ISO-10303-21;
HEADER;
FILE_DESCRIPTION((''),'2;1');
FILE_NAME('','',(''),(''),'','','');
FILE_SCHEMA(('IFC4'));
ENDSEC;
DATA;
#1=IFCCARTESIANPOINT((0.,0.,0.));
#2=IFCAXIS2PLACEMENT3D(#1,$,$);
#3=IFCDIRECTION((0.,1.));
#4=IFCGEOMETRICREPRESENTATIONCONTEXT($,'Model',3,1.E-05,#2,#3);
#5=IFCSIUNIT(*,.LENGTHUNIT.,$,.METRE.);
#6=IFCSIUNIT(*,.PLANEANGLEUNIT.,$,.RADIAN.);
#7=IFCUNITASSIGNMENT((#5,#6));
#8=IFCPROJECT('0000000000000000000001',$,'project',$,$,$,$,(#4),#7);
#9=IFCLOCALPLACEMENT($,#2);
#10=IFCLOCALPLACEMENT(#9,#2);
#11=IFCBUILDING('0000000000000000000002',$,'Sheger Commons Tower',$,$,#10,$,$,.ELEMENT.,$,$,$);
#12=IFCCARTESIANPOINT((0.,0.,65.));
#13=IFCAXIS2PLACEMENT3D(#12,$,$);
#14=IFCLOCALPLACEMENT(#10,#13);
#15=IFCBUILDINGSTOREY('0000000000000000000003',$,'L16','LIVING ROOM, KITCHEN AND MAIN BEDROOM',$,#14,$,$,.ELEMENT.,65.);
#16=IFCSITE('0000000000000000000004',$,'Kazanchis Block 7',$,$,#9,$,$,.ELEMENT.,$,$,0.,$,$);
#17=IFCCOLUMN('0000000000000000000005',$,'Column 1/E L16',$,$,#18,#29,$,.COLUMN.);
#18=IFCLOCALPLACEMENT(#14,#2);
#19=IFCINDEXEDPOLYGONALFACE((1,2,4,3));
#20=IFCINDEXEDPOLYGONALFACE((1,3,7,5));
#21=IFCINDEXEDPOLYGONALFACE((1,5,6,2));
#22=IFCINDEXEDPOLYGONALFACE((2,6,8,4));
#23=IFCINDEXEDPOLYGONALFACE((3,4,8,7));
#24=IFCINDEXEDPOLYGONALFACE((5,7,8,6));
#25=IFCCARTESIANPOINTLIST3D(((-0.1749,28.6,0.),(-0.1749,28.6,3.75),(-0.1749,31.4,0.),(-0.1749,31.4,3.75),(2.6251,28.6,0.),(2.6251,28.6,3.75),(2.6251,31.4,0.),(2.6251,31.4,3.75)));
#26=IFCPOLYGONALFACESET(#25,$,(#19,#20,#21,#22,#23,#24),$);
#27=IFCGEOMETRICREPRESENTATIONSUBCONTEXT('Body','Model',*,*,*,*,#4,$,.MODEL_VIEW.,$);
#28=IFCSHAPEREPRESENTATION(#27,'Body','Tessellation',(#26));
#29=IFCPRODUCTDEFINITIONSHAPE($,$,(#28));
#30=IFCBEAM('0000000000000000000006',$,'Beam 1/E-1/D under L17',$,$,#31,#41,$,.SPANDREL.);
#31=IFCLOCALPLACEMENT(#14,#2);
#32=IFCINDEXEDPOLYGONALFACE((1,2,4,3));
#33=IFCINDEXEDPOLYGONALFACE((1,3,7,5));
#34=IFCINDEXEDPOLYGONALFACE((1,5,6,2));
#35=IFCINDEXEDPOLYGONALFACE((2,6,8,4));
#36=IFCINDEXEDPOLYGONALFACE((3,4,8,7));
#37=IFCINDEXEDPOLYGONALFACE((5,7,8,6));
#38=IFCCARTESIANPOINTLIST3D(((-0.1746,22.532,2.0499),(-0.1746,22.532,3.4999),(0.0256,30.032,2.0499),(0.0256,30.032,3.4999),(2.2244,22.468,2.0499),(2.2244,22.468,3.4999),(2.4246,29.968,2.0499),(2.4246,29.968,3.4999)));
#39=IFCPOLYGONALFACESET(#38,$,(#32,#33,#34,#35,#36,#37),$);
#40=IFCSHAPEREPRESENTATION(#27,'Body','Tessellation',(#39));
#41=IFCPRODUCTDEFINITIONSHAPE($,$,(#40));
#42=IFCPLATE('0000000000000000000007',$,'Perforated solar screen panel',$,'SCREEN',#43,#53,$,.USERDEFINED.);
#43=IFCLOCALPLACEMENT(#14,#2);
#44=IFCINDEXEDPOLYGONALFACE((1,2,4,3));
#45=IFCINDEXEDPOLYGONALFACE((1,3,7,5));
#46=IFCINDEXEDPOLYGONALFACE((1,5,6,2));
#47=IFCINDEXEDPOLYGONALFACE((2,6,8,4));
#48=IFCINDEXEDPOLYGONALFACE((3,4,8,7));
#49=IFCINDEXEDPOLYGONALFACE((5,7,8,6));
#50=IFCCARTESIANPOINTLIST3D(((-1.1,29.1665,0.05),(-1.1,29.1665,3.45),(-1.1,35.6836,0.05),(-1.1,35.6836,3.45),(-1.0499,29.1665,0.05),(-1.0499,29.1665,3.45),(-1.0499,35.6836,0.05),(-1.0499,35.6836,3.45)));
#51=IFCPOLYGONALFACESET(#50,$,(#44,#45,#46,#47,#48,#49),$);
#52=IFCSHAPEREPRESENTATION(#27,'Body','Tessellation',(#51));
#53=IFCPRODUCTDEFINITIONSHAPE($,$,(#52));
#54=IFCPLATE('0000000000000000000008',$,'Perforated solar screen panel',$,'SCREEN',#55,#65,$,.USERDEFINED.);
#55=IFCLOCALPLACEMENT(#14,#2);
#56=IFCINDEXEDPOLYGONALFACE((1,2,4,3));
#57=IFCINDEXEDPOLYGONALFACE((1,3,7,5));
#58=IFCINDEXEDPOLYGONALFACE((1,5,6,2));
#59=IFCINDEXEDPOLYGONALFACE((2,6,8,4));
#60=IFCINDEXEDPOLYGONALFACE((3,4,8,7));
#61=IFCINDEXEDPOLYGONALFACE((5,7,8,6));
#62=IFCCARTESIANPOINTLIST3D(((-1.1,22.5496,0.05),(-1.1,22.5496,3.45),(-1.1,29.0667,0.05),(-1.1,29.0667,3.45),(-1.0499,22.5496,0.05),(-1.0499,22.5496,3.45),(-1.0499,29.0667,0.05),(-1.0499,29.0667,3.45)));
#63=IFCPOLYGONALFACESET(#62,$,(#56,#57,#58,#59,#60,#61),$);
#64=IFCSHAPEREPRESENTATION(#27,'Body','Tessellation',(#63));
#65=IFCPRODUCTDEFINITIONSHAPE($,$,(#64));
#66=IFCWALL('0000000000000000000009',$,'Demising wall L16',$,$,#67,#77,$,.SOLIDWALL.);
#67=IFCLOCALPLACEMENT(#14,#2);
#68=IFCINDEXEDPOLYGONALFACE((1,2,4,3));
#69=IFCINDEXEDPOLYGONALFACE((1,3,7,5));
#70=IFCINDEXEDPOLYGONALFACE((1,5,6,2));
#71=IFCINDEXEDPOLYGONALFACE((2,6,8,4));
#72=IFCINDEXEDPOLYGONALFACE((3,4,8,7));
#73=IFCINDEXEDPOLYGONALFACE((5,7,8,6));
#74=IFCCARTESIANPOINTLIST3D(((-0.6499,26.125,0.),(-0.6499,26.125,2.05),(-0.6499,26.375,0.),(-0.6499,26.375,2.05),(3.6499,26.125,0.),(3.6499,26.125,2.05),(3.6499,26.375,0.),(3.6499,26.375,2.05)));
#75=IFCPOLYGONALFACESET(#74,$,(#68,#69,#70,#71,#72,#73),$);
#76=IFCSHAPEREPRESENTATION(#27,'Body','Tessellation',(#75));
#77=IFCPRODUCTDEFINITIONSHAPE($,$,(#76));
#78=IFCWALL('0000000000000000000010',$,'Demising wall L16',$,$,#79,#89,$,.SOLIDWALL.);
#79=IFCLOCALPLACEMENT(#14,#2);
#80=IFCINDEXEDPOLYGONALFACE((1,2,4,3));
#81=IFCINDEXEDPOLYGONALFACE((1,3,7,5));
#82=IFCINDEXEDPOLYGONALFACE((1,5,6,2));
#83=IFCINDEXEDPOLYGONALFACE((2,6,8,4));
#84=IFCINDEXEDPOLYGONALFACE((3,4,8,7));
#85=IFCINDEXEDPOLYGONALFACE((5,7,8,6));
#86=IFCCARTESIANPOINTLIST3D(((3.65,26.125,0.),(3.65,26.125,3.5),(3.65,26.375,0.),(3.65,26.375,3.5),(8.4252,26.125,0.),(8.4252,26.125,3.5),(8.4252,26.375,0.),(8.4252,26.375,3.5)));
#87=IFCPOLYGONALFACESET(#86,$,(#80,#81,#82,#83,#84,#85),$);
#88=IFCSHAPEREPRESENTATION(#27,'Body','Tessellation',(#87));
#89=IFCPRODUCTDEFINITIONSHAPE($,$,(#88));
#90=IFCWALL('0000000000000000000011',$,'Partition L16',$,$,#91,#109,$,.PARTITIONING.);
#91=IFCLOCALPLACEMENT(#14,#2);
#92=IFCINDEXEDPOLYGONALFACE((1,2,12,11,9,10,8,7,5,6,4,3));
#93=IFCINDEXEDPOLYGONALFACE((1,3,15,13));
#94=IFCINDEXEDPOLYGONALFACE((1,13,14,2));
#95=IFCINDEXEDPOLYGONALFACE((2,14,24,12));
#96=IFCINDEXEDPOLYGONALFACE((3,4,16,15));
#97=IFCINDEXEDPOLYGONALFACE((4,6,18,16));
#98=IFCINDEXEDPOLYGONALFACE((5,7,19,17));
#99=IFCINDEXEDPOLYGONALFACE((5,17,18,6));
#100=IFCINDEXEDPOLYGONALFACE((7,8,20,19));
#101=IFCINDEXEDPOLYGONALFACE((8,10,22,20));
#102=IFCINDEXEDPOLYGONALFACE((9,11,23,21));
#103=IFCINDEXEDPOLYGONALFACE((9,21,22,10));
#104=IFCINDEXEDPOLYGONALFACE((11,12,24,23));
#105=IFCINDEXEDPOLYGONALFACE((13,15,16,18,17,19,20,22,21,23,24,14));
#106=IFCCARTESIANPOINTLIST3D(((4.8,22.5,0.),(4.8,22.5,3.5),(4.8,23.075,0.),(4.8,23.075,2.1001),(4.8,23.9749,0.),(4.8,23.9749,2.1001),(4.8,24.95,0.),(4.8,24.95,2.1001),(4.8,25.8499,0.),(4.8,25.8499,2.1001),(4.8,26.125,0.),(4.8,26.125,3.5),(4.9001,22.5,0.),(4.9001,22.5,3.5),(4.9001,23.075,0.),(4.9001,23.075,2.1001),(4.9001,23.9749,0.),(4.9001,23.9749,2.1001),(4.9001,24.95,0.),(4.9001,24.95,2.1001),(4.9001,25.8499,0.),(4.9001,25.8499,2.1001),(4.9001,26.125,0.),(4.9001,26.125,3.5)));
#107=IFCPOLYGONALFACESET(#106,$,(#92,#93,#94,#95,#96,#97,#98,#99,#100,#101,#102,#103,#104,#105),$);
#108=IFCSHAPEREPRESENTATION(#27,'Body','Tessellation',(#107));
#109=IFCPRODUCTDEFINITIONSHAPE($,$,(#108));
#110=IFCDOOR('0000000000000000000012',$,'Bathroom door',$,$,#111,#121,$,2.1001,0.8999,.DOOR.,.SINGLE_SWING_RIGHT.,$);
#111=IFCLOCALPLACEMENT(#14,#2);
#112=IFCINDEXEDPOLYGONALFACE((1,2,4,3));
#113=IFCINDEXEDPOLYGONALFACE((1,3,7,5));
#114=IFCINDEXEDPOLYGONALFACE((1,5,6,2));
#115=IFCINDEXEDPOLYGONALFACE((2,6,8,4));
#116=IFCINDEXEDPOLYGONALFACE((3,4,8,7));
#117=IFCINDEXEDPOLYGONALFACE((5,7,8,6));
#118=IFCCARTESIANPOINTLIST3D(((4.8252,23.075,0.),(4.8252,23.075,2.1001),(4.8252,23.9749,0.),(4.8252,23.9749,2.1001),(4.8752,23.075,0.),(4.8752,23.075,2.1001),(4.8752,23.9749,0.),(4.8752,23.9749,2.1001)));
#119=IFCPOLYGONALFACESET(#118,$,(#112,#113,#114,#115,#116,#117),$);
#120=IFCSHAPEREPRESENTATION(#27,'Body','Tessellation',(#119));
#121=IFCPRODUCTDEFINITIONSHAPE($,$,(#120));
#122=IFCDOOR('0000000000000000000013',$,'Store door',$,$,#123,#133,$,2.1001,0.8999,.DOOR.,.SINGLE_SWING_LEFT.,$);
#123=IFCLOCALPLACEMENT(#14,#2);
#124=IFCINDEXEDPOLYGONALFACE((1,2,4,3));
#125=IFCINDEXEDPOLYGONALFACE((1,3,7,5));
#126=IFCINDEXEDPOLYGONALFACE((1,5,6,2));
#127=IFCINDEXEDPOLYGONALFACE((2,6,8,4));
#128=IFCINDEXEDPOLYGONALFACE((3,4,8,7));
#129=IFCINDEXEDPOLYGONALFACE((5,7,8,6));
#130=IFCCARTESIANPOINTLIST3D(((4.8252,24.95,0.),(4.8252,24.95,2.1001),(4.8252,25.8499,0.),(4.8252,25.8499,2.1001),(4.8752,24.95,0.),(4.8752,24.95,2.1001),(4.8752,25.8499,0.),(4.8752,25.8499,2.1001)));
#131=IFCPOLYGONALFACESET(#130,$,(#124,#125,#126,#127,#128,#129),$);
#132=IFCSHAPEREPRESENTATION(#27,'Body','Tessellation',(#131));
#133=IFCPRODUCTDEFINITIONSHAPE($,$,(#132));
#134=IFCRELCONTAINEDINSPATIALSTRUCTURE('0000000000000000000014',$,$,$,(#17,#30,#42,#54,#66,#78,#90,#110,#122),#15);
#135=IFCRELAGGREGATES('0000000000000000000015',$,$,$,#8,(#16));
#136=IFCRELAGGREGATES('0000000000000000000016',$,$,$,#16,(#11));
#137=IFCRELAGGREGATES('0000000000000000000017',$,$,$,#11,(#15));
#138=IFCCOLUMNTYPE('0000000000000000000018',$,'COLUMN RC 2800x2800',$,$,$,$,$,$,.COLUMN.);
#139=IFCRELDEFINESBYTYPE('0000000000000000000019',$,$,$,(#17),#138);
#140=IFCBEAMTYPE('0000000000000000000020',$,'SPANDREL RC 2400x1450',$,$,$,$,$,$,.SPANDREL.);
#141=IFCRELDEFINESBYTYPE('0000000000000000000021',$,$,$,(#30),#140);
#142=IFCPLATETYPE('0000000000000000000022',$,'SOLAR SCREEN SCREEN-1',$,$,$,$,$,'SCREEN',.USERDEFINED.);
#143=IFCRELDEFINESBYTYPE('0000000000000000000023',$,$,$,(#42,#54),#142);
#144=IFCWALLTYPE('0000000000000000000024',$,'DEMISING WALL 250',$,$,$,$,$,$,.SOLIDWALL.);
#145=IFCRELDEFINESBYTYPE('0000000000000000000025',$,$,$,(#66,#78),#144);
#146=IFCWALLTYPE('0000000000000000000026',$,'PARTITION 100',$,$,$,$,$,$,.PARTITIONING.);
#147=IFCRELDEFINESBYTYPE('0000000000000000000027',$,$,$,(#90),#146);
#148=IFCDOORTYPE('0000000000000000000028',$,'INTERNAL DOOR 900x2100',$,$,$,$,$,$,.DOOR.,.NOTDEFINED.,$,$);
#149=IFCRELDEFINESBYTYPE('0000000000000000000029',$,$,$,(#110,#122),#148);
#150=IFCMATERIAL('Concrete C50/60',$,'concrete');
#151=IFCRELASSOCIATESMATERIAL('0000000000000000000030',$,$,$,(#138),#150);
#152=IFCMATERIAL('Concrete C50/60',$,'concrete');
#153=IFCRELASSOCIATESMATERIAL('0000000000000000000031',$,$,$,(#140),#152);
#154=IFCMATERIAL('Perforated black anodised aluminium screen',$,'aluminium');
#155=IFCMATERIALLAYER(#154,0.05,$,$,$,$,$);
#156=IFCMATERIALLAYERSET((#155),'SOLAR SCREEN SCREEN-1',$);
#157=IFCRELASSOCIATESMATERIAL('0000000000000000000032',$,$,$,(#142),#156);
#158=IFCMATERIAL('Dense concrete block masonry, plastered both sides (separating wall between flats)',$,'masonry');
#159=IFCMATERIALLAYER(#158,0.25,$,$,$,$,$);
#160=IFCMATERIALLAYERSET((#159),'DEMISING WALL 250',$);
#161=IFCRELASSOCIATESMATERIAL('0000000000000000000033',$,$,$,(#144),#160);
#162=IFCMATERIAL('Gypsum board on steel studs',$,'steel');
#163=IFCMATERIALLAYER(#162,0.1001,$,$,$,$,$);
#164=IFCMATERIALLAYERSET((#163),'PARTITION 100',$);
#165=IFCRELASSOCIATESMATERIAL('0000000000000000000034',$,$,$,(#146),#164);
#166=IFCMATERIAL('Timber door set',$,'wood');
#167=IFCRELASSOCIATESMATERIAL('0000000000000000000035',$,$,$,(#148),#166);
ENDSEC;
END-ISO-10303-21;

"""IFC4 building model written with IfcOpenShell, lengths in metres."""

from ifc_helpers import new_model, si_unit, direction, frame, frame_2d, origin, origin_2d, place, context, subcontext, project, spatial, rectangle, extrude, material, layer, layer_set, material_profile, profile_set, type_object, element, fill, save


model = new_model("IFC4")

# Units and contexts
model_context = context("Model", 3, precision=1e-05, world=origin(), true_north=direction((0.0, 1.0)))
body_context = subcontext(model_context, "Body", "Model", "MODEL_VIEW")
ifc_project = project(units=[si_unit("LENGTHUNIT", "METRE"), si_unit("PLANEANGLEUNIT", "RADIAN")], contexts=[model_context])

# Site, building, storey
site_placement = place(None, origin())
site = spatial("IfcSite", under=ifc_project, at=site_placement, Name="Kazanchis Block 7", CompositionType="ELEMENT", RefElevation=0.0)
building_placement = place(site_placement, origin())
building = spatial("IfcBuilding", under=site, at=building_placement, Name="Sheger Commons Tower", CompositionType="ELEMENT")
storey_placement = place(building_placement, frame((0.0, 0.0, 65.0)))
storey = spatial("IfcBuildingStorey", under=building, at=storey_placement, Name="L16", Description="LIVING ROOM, KITCHEN AND MAIN BEDROOM", CompositionType="ELEMENT", Elevation=65.0)

# Column
ifc_material_1 = material(Name="Concrete C50/60", Category="concrete")
ifc_material_profile_1 = material_profile(ifc_material_1, rectangle(XDim=2.8, YDim=2.8, at=origin_2d()), Name="RC 2800x2800")
ifc_profile_set_1 = profile_set([ifc_material_profile_1], Name="Concrete C50/60")
column_type = type_object("IfcColumnType", Name="COLUMN RC 2800x2800", PredefinedType="COLUMN", material=ifc_profile_set_1)
column_placement = place(storey_placement, frame((1.2251, 30.0, 0.0), z_axis=(0.0, 0.0, 1.0), x_axis=(1.0, 0.0, 0.0)))
element("IfcColumn", 1, at=column_placement, inside=storey, type_object=column_type, Name="Column 1/E L16", PredefinedType="COLUMN", context=body_context, shape_type="SweptSolid", body=[
    extrude(rectangle(XDim=2.8, YDim=2.8, at=origin_2d()), origin(), (0.0, 0.0, 1.0), 3.75),
])

# Beam
ifc_material_2 = material(Name="Concrete C50/60", Category="concrete")
ifc_material_profile_2 = material_profile(ifc_material_2, rectangle(XDim=2.3999, YDim=1.45, at=origin_2d()), Name="RC 2400x1450")
ifc_profile_set_2 = profile_set([ifc_material_profile_2], Name="Concrete C50/60")
beam_type = type_object("IfcBeamType", Name="SPANDREL RC 2400x1450", PredefinedType="SPANDREL", material=ifc_profile_set_2)
beam_placement = place(storey_placement, frame((1.2251, 30.0, 2.7749), z_axis=(-0.026683, -0.999644, 0.0), x_axis=(0.999644, -0.026683, 0.0)))
element("IfcBeam", 2, at=beam_placement, inside=storey, type_object=beam_type, Name="Beam 1/E-1/D under L17", PredefinedType="SPANDREL", context=body_context, shape_type="SweptSolid", body=[
    extrude(rectangle(XDim=2.3999, YDim=1.45, at=origin_2d()), origin(), (0.0, 0.0, 1.0), 7.5027),
])

# Plates
ifc_material_3 = material(Name="Perforated black anodised aluminium screen", Category="aluminium")
ifc_layer_1 = layer(ifc_material_3, 0.05)
ifc_layer_set_1 = layer_set([ifc_layer_1], Name="SOLAR SCREEN SCREEN-1")
plate_type = type_object("IfcPlateType", Name="SOLAR SCREEN SCREEN-1", ElementType="SCREEN", PredefinedType="USERDEFINED", material=ifc_layer_set_1)
for number, where, z_axis, x_axis, name in (
    (3, (-1.075, 32.425, 0.05), (0.0, 0.0, 1.0), (0.0, -1.0, 0.0), "Perforated solar screen panel"),
    (4, (-1.075, 25.8081, 0.05), (0.0, 0.0, 1.0), (0.0, -1.0, 0.0), "Perforated solar screen panel"),
):
    element("IfcPlate", number, at=place(storey_placement, frame(where, z_axis=z_axis, x_axis=x_axis)), inside=storey, type_object=plate_type, Name=name, ObjectType="SCREEN", PredefinedType="USERDEFINED", context=body_context, shape_type="SweptSolid", body=[
        extrude(rectangle(XDim=6.5171, YDim=0.05, at=origin_2d()), origin(), (0.0, 0.0, 1.0), 3.3999),
    ])

# Walls
ifc_material_4 = material(Name="Dense concrete block masonry, plastered both sides (separating wall between flats)", Category="masonry")
ifc_layer_2 = layer(ifc_material_4, 0.25)
ifc_layer_set_2 = layer_set([ifc_layer_2], Name="DEMISING WALL 250")
wall_type_1 = type_object("IfcWallType", Name="DEMISING WALL 250", PredefinedType="SOLIDWALL", material=ifc_layer_set_2)
wall_1_placement = place(storey_placement, frame((-0.6499, 26.25, 0.0), z_axis=(0.0, 0.0, 1.0), x_axis=(1.0, 0.0, 0.0)))
element("IfcWall", 5, at=wall_1_placement, inside=storey, type_object=wall_type_1, Name="Demising wall L16", PredefinedType="SOLIDWALL", context=body_context, shape_type="SweptSolid", body=[
    extrude(rectangle(XDim=4.2998, YDim=0.25, at=frame_2d((2.1499, 0.0))), origin(), (0.0, 0.0, 1.0), 2.05),
])
wall_2_placement = place(storey_placement, frame((3.6499, 26.25, 0.0), z_axis=(0.0, 0.0, 1.0), x_axis=(1.0, 0.0, 0.0)))
element("IfcWall", 6, at=wall_2_placement, inside=storey, type_object=wall_type_1, Name="Demising wall L16", PredefinedType="SOLIDWALL", context=body_context, shape_type="SweptSolid", body=[
    extrude(rectangle(XDim=4.7751, YDim=0.25, at=frame_2d((2.3877, 0.0))), origin(), (0.0, 0.0, 1.0), 3.5),
])

# Wall, openings, doors
ifc_material_5 = material(Name="Gypsum board on steel studs", Category="steel")
ifc_layer_3 = layer(ifc_material_5, 0.1001)
ifc_layer_set_3 = layer_set([ifc_layer_3], Name="PARTITION 100")
wall_type_2 = type_object("IfcWallType", Name="PARTITION 100", PredefinedType="PARTITIONING", material=ifc_layer_set_3)
wall_3_placement = place(storey_placement, frame((4.8501, 22.5, 0.0), z_axis=(0.0, 0.0, 1.0), x_axis=(0.0, 1.0, 0.0)))
wall_3 = element("IfcWall", 7, at=wall_3_placement, inside=storey, type_object=wall_type_2, Name="Partition L16", PredefinedType="PARTITIONING", context=body_context, shape_type="SweptSolid", body=[
    extrude(rectangle(XDim=3.625, YDim=0.1001, at=frame_2d((1.8125, 0.0))), origin(), (0.0, 0.0, 1.0), 3.5),
])
opening_1_placement = place(wall_3_placement, frame((0.575, 0.0, 0.0)))
opening_1 = element("IfcOpeningElement", 8, at=opening_1_placement, cuts=wall_3, PredefinedType="OPENING", context=body_context, shape_type="SweptSolid", body=[
    extrude(rectangle(XDim=0.8999, YDim=2.1001, at=frame_2d((0.45, 1.05))), frame((0.0, 0.0601, 0.0), z_axis=(0.0, -1.0, 0.0), x_axis=(1.0, 0.0, 0.0)), (0.0, 0.0, 1.0), 0.1201),
])
opening_2_placement = place(wall_3_placement, frame((2.45, 0.0, 0.0)))
opening_2 = element("IfcOpeningElement", 9, at=opening_2_placement, cuts=wall_3, PredefinedType="OPENING", context=body_context, shape_type="SweptSolid", body=[
    extrude(rectangle(XDim=0.8999, YDim=2.1001, at=frame_2d((0.45, 1.05))), frame((0.0, 0.0601, 0.0), z_axis=(0.0, -1.0, 0.0), x_axis=(1.0, 0.0, 0.0)), (0.0, 0.0, 1.0), 0.1201),
])
ifc_material_6 = material(Name="Timber door set", Category="wood")
door_type = type_object("IfcDoorType", Name="INTERNAL DOOR 900x2100", OperationType="NOTDEFINED", PredefinedType="DOOR", material=ifc_material_6)
door_1_placement = place(opening_1_placement, origin())
door_1 = element("IfcDoor", 10, at=door_1_placement, inside=storey, type_object=door_type, Name="Bathroom door", OperationType="SINGLE_SWING_RIGHT", OverallHeight=2.1001, OverallWidth=0.8999, PredefinedType="DOOR", context=body_context, shape_type="SweptSolid", body=[
    extrude(rectangle(XDim=0.8999, YDim=2.1001, at=frame_2d((0.45, 1.05))), frame((0.0, 0.0249, 0.0), z_axis=(0.0, -1.0, 0.0), x_axis=(1.0, 0.0, 0.0)), (0.0, 0.0, 1.0), 0.05),
])
fill(opening_1, door_1)
door_2_placement = place(opening_2_placement, origin())
door_2 = element("IfcDoor", 11, at=door_2_placement, inside=storey, type_object=door_type, Name="Store door", OperationType="SINGLE_SWING_LEFT", OverallHeight=2.1001, OverallWidth=0.8999, PredefinedType="DOOR", context=body_context, shape_type="SweptSolid", body=[
    extrude(rectangle(XDim=0.8999, YDim=2.1001, at=frame_2d((0.45, 1.05))), frame((0.0, 0.0249, 0.0), z_axis=(0.0, -1.0, 0.0), x_axis=(1.0, 0.0, 0.0)), (0.0, 0.0, 1.0), 0.05),
])
fill(opening_2, door_2)

save(model, "model.ifc")
